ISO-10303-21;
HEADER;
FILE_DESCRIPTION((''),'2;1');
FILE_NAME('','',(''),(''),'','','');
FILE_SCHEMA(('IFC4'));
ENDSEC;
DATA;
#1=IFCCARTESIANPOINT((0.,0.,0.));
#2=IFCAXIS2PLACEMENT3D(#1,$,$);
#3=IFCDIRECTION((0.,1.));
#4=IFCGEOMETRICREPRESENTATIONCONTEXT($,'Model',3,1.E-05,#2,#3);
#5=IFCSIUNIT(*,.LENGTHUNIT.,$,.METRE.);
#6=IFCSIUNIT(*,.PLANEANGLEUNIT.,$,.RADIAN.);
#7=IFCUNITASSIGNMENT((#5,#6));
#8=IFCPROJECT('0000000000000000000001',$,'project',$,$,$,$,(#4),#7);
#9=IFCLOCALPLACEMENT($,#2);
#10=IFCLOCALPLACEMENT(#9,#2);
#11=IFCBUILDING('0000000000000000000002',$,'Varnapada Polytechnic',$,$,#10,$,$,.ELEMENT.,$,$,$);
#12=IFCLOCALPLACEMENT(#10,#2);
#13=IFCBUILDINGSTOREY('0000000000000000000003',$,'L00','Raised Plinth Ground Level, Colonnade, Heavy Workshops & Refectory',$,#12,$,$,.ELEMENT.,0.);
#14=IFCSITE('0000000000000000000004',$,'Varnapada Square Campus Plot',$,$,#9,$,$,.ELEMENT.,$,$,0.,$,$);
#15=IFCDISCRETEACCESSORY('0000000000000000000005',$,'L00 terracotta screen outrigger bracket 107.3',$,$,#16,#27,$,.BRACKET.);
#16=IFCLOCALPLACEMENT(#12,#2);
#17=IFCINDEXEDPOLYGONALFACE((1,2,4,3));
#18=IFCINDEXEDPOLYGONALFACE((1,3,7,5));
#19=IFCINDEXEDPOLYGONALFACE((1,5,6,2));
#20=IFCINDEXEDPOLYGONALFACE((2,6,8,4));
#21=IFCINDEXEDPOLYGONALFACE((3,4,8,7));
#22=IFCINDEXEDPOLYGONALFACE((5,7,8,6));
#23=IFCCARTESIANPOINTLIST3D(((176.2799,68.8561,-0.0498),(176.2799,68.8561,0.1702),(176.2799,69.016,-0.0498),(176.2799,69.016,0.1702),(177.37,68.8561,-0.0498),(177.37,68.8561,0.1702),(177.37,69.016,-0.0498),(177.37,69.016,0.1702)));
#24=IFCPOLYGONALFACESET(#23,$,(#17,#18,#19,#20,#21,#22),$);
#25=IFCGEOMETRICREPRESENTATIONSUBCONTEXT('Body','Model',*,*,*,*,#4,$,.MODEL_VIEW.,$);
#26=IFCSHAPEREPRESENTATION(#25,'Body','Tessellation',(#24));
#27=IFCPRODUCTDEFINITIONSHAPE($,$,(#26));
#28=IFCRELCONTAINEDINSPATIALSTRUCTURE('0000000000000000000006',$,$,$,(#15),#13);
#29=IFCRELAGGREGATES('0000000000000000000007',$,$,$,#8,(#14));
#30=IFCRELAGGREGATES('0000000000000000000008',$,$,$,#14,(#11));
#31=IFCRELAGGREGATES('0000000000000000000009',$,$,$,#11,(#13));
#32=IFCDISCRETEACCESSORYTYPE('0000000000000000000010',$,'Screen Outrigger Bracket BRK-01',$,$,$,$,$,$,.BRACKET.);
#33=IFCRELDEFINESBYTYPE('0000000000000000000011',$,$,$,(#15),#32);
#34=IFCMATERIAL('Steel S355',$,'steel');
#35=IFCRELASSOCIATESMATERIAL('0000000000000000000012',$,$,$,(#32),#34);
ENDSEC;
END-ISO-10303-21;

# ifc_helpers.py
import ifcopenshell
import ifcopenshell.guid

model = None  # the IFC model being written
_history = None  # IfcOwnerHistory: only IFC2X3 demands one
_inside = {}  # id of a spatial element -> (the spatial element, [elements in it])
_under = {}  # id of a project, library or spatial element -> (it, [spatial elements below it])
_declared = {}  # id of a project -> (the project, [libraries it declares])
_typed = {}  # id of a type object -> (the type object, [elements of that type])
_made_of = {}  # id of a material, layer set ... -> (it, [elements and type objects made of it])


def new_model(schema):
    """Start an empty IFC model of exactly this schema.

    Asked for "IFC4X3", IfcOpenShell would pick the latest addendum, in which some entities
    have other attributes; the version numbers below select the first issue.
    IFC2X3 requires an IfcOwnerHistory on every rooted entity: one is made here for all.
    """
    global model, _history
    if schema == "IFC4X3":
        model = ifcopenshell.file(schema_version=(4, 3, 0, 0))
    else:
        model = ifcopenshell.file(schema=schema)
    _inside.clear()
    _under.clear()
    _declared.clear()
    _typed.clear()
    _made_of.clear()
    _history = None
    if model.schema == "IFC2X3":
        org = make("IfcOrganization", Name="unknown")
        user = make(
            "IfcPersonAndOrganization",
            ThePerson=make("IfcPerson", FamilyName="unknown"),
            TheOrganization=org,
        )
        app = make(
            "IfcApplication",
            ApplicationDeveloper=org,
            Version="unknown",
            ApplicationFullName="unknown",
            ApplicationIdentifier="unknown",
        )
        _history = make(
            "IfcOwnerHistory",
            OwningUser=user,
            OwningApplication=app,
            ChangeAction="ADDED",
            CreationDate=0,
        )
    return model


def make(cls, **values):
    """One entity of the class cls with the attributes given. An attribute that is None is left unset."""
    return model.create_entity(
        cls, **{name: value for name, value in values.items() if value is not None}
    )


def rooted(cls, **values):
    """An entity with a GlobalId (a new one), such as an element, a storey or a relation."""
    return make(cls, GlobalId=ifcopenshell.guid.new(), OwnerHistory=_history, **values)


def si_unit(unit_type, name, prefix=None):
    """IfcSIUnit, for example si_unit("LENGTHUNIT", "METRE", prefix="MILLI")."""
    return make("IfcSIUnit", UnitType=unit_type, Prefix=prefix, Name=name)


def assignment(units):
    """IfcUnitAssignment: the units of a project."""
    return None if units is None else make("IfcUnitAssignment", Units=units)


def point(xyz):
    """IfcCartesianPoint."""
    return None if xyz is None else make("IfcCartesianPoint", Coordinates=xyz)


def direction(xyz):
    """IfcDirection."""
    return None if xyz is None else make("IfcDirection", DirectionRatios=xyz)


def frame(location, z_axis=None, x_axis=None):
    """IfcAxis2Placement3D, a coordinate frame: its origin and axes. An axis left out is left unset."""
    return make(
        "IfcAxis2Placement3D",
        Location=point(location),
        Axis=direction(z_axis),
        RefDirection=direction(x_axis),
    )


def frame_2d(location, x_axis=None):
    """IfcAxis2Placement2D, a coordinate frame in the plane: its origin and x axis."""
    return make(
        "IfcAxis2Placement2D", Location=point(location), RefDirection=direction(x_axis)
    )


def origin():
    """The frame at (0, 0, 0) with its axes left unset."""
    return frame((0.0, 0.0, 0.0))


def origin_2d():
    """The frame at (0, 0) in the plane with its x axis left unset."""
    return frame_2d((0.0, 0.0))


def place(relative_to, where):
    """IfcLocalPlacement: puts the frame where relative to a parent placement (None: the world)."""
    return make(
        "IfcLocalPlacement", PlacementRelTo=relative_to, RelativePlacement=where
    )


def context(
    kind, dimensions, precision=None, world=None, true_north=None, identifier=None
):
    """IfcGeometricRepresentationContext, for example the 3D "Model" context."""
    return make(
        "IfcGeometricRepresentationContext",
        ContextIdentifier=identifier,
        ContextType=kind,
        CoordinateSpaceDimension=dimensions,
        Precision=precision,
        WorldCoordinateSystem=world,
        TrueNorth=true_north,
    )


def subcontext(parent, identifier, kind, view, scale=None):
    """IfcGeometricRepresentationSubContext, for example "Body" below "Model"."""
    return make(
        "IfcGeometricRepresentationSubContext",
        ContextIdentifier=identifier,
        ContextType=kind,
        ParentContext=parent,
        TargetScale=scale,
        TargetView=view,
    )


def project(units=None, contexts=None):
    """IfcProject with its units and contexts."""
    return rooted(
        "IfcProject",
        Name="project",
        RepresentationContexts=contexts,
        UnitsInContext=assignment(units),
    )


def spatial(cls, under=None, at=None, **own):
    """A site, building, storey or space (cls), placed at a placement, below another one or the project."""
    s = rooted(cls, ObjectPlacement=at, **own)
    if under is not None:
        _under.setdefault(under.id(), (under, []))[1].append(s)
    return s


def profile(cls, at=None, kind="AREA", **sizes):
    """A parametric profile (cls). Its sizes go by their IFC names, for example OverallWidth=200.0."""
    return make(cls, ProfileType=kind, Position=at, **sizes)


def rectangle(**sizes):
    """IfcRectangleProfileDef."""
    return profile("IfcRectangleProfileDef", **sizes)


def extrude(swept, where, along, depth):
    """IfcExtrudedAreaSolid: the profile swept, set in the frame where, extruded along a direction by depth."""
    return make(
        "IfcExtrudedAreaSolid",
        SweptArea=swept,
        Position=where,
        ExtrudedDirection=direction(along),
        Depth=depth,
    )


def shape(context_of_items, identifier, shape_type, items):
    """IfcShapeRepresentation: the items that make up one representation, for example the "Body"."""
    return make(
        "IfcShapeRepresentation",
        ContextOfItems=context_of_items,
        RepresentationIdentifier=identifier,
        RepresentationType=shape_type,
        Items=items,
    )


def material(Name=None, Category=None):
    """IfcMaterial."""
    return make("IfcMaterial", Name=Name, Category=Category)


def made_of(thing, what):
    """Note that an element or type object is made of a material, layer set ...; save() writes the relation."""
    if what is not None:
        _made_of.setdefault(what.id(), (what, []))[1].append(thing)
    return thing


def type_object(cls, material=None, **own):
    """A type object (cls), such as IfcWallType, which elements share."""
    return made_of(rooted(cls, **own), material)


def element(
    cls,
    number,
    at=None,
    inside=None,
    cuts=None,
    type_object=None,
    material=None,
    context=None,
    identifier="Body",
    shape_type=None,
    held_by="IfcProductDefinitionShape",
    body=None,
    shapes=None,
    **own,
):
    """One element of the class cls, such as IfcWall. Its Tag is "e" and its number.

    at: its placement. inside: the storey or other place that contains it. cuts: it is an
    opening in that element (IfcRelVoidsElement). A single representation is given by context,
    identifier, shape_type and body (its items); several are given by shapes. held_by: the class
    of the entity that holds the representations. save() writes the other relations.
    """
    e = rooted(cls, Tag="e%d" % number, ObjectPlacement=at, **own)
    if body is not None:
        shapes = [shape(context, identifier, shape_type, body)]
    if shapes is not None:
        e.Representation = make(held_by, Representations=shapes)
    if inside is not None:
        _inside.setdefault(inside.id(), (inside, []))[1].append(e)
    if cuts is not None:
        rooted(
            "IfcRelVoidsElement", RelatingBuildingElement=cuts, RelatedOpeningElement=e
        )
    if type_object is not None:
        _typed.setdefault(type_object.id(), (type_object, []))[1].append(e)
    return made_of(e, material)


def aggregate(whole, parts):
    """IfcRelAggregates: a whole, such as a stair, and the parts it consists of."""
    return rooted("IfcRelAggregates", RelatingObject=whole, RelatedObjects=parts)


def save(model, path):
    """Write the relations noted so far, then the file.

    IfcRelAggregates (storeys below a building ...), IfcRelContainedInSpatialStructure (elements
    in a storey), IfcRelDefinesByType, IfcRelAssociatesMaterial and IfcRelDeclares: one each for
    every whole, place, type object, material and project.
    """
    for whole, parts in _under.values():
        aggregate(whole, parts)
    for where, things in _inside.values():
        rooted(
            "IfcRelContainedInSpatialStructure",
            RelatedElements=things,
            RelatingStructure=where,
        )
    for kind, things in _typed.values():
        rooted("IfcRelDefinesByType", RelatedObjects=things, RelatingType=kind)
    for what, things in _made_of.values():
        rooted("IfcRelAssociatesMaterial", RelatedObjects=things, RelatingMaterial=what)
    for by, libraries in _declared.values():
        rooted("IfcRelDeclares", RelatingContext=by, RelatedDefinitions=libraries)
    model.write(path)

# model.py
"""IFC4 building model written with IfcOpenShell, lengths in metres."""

from ifc_helpers import new_model, si_unit, direction, frame, origin, origin_2d, place, context, subcontext, project, spatial, rectangle, extrude, material, type_object, element, save


model = new_model("IFC4")

# Units and contexts
model_context = context("Model", 3, precision=1e-05, world=origin(), true_north=direction((0.0, 1.0)))
body_context = subcontext(model_context, "Body", "Model", "MODEL_VIEW")
ifc_project = project(units=[si_unit("LENGTHUNIT", "METRE"), si_unit("PLANEANGLEUNIT", "RADIAN")], contexts=[model_context])

# Site, building, storey
site_placement = place(None, origin())
site = spatial("IfcSite", under=ifc_project, at=site_placement, Name="Varnapada Square Campus Plot", CompositionType="ELEMENT", RefElevation=0.0)
building_placement = place(site_placement, origin())
building = spatial("IfcBuilding", under=site, at=building_placement, Name="Varnapada Polytechnic", CompositionType="ELEMENT")
storey_placement = place(building_placement, origin())
storey = spatial("IfcBuildingStorey", under=building, at=storey_placement, Name="L00", Description="Raised Plinth Ground Level, Colonnade, Heavy Workshops & Refectory", CompositionType="ELEMENT", Elevation=0.0)

# Discrete accessory
ifc_material_1 = material(Name="Steel S355", Category="steel")
discrete_accessory_type = type_object("IfcDiscreteAccessoryType", Name="Screen Outrigger Bracket BRK-01", PredefinedType="BRACKET", material=ifc_material_1)
for number, where, z_axis, x_axis, name in (
    (1, (176.825, 68.936, -0.0498), (0.0, 0.0, 1.0), (0.0, -1.0, 0.0), "L00 terracotta screen outrigger bracket 107.3"),
):
    element("IfcDiscreteAccessory", number, at=place(storey_placement, frame(where, z_axis=z_axis, x_axis=x_axis)), inside=storey, type_object=discrete_accessory_type, Name=name, PredefinedType="BRACKET", context=body_context, shape_type="SweptSolid", body=[
        extrude(rectangle(XDim=0.1599, YDim=1.0901, at=origin_2d()), origin(), (0.0, 0.0, 1.0), 0.22),
    ])

save(model, "model.ifc")
